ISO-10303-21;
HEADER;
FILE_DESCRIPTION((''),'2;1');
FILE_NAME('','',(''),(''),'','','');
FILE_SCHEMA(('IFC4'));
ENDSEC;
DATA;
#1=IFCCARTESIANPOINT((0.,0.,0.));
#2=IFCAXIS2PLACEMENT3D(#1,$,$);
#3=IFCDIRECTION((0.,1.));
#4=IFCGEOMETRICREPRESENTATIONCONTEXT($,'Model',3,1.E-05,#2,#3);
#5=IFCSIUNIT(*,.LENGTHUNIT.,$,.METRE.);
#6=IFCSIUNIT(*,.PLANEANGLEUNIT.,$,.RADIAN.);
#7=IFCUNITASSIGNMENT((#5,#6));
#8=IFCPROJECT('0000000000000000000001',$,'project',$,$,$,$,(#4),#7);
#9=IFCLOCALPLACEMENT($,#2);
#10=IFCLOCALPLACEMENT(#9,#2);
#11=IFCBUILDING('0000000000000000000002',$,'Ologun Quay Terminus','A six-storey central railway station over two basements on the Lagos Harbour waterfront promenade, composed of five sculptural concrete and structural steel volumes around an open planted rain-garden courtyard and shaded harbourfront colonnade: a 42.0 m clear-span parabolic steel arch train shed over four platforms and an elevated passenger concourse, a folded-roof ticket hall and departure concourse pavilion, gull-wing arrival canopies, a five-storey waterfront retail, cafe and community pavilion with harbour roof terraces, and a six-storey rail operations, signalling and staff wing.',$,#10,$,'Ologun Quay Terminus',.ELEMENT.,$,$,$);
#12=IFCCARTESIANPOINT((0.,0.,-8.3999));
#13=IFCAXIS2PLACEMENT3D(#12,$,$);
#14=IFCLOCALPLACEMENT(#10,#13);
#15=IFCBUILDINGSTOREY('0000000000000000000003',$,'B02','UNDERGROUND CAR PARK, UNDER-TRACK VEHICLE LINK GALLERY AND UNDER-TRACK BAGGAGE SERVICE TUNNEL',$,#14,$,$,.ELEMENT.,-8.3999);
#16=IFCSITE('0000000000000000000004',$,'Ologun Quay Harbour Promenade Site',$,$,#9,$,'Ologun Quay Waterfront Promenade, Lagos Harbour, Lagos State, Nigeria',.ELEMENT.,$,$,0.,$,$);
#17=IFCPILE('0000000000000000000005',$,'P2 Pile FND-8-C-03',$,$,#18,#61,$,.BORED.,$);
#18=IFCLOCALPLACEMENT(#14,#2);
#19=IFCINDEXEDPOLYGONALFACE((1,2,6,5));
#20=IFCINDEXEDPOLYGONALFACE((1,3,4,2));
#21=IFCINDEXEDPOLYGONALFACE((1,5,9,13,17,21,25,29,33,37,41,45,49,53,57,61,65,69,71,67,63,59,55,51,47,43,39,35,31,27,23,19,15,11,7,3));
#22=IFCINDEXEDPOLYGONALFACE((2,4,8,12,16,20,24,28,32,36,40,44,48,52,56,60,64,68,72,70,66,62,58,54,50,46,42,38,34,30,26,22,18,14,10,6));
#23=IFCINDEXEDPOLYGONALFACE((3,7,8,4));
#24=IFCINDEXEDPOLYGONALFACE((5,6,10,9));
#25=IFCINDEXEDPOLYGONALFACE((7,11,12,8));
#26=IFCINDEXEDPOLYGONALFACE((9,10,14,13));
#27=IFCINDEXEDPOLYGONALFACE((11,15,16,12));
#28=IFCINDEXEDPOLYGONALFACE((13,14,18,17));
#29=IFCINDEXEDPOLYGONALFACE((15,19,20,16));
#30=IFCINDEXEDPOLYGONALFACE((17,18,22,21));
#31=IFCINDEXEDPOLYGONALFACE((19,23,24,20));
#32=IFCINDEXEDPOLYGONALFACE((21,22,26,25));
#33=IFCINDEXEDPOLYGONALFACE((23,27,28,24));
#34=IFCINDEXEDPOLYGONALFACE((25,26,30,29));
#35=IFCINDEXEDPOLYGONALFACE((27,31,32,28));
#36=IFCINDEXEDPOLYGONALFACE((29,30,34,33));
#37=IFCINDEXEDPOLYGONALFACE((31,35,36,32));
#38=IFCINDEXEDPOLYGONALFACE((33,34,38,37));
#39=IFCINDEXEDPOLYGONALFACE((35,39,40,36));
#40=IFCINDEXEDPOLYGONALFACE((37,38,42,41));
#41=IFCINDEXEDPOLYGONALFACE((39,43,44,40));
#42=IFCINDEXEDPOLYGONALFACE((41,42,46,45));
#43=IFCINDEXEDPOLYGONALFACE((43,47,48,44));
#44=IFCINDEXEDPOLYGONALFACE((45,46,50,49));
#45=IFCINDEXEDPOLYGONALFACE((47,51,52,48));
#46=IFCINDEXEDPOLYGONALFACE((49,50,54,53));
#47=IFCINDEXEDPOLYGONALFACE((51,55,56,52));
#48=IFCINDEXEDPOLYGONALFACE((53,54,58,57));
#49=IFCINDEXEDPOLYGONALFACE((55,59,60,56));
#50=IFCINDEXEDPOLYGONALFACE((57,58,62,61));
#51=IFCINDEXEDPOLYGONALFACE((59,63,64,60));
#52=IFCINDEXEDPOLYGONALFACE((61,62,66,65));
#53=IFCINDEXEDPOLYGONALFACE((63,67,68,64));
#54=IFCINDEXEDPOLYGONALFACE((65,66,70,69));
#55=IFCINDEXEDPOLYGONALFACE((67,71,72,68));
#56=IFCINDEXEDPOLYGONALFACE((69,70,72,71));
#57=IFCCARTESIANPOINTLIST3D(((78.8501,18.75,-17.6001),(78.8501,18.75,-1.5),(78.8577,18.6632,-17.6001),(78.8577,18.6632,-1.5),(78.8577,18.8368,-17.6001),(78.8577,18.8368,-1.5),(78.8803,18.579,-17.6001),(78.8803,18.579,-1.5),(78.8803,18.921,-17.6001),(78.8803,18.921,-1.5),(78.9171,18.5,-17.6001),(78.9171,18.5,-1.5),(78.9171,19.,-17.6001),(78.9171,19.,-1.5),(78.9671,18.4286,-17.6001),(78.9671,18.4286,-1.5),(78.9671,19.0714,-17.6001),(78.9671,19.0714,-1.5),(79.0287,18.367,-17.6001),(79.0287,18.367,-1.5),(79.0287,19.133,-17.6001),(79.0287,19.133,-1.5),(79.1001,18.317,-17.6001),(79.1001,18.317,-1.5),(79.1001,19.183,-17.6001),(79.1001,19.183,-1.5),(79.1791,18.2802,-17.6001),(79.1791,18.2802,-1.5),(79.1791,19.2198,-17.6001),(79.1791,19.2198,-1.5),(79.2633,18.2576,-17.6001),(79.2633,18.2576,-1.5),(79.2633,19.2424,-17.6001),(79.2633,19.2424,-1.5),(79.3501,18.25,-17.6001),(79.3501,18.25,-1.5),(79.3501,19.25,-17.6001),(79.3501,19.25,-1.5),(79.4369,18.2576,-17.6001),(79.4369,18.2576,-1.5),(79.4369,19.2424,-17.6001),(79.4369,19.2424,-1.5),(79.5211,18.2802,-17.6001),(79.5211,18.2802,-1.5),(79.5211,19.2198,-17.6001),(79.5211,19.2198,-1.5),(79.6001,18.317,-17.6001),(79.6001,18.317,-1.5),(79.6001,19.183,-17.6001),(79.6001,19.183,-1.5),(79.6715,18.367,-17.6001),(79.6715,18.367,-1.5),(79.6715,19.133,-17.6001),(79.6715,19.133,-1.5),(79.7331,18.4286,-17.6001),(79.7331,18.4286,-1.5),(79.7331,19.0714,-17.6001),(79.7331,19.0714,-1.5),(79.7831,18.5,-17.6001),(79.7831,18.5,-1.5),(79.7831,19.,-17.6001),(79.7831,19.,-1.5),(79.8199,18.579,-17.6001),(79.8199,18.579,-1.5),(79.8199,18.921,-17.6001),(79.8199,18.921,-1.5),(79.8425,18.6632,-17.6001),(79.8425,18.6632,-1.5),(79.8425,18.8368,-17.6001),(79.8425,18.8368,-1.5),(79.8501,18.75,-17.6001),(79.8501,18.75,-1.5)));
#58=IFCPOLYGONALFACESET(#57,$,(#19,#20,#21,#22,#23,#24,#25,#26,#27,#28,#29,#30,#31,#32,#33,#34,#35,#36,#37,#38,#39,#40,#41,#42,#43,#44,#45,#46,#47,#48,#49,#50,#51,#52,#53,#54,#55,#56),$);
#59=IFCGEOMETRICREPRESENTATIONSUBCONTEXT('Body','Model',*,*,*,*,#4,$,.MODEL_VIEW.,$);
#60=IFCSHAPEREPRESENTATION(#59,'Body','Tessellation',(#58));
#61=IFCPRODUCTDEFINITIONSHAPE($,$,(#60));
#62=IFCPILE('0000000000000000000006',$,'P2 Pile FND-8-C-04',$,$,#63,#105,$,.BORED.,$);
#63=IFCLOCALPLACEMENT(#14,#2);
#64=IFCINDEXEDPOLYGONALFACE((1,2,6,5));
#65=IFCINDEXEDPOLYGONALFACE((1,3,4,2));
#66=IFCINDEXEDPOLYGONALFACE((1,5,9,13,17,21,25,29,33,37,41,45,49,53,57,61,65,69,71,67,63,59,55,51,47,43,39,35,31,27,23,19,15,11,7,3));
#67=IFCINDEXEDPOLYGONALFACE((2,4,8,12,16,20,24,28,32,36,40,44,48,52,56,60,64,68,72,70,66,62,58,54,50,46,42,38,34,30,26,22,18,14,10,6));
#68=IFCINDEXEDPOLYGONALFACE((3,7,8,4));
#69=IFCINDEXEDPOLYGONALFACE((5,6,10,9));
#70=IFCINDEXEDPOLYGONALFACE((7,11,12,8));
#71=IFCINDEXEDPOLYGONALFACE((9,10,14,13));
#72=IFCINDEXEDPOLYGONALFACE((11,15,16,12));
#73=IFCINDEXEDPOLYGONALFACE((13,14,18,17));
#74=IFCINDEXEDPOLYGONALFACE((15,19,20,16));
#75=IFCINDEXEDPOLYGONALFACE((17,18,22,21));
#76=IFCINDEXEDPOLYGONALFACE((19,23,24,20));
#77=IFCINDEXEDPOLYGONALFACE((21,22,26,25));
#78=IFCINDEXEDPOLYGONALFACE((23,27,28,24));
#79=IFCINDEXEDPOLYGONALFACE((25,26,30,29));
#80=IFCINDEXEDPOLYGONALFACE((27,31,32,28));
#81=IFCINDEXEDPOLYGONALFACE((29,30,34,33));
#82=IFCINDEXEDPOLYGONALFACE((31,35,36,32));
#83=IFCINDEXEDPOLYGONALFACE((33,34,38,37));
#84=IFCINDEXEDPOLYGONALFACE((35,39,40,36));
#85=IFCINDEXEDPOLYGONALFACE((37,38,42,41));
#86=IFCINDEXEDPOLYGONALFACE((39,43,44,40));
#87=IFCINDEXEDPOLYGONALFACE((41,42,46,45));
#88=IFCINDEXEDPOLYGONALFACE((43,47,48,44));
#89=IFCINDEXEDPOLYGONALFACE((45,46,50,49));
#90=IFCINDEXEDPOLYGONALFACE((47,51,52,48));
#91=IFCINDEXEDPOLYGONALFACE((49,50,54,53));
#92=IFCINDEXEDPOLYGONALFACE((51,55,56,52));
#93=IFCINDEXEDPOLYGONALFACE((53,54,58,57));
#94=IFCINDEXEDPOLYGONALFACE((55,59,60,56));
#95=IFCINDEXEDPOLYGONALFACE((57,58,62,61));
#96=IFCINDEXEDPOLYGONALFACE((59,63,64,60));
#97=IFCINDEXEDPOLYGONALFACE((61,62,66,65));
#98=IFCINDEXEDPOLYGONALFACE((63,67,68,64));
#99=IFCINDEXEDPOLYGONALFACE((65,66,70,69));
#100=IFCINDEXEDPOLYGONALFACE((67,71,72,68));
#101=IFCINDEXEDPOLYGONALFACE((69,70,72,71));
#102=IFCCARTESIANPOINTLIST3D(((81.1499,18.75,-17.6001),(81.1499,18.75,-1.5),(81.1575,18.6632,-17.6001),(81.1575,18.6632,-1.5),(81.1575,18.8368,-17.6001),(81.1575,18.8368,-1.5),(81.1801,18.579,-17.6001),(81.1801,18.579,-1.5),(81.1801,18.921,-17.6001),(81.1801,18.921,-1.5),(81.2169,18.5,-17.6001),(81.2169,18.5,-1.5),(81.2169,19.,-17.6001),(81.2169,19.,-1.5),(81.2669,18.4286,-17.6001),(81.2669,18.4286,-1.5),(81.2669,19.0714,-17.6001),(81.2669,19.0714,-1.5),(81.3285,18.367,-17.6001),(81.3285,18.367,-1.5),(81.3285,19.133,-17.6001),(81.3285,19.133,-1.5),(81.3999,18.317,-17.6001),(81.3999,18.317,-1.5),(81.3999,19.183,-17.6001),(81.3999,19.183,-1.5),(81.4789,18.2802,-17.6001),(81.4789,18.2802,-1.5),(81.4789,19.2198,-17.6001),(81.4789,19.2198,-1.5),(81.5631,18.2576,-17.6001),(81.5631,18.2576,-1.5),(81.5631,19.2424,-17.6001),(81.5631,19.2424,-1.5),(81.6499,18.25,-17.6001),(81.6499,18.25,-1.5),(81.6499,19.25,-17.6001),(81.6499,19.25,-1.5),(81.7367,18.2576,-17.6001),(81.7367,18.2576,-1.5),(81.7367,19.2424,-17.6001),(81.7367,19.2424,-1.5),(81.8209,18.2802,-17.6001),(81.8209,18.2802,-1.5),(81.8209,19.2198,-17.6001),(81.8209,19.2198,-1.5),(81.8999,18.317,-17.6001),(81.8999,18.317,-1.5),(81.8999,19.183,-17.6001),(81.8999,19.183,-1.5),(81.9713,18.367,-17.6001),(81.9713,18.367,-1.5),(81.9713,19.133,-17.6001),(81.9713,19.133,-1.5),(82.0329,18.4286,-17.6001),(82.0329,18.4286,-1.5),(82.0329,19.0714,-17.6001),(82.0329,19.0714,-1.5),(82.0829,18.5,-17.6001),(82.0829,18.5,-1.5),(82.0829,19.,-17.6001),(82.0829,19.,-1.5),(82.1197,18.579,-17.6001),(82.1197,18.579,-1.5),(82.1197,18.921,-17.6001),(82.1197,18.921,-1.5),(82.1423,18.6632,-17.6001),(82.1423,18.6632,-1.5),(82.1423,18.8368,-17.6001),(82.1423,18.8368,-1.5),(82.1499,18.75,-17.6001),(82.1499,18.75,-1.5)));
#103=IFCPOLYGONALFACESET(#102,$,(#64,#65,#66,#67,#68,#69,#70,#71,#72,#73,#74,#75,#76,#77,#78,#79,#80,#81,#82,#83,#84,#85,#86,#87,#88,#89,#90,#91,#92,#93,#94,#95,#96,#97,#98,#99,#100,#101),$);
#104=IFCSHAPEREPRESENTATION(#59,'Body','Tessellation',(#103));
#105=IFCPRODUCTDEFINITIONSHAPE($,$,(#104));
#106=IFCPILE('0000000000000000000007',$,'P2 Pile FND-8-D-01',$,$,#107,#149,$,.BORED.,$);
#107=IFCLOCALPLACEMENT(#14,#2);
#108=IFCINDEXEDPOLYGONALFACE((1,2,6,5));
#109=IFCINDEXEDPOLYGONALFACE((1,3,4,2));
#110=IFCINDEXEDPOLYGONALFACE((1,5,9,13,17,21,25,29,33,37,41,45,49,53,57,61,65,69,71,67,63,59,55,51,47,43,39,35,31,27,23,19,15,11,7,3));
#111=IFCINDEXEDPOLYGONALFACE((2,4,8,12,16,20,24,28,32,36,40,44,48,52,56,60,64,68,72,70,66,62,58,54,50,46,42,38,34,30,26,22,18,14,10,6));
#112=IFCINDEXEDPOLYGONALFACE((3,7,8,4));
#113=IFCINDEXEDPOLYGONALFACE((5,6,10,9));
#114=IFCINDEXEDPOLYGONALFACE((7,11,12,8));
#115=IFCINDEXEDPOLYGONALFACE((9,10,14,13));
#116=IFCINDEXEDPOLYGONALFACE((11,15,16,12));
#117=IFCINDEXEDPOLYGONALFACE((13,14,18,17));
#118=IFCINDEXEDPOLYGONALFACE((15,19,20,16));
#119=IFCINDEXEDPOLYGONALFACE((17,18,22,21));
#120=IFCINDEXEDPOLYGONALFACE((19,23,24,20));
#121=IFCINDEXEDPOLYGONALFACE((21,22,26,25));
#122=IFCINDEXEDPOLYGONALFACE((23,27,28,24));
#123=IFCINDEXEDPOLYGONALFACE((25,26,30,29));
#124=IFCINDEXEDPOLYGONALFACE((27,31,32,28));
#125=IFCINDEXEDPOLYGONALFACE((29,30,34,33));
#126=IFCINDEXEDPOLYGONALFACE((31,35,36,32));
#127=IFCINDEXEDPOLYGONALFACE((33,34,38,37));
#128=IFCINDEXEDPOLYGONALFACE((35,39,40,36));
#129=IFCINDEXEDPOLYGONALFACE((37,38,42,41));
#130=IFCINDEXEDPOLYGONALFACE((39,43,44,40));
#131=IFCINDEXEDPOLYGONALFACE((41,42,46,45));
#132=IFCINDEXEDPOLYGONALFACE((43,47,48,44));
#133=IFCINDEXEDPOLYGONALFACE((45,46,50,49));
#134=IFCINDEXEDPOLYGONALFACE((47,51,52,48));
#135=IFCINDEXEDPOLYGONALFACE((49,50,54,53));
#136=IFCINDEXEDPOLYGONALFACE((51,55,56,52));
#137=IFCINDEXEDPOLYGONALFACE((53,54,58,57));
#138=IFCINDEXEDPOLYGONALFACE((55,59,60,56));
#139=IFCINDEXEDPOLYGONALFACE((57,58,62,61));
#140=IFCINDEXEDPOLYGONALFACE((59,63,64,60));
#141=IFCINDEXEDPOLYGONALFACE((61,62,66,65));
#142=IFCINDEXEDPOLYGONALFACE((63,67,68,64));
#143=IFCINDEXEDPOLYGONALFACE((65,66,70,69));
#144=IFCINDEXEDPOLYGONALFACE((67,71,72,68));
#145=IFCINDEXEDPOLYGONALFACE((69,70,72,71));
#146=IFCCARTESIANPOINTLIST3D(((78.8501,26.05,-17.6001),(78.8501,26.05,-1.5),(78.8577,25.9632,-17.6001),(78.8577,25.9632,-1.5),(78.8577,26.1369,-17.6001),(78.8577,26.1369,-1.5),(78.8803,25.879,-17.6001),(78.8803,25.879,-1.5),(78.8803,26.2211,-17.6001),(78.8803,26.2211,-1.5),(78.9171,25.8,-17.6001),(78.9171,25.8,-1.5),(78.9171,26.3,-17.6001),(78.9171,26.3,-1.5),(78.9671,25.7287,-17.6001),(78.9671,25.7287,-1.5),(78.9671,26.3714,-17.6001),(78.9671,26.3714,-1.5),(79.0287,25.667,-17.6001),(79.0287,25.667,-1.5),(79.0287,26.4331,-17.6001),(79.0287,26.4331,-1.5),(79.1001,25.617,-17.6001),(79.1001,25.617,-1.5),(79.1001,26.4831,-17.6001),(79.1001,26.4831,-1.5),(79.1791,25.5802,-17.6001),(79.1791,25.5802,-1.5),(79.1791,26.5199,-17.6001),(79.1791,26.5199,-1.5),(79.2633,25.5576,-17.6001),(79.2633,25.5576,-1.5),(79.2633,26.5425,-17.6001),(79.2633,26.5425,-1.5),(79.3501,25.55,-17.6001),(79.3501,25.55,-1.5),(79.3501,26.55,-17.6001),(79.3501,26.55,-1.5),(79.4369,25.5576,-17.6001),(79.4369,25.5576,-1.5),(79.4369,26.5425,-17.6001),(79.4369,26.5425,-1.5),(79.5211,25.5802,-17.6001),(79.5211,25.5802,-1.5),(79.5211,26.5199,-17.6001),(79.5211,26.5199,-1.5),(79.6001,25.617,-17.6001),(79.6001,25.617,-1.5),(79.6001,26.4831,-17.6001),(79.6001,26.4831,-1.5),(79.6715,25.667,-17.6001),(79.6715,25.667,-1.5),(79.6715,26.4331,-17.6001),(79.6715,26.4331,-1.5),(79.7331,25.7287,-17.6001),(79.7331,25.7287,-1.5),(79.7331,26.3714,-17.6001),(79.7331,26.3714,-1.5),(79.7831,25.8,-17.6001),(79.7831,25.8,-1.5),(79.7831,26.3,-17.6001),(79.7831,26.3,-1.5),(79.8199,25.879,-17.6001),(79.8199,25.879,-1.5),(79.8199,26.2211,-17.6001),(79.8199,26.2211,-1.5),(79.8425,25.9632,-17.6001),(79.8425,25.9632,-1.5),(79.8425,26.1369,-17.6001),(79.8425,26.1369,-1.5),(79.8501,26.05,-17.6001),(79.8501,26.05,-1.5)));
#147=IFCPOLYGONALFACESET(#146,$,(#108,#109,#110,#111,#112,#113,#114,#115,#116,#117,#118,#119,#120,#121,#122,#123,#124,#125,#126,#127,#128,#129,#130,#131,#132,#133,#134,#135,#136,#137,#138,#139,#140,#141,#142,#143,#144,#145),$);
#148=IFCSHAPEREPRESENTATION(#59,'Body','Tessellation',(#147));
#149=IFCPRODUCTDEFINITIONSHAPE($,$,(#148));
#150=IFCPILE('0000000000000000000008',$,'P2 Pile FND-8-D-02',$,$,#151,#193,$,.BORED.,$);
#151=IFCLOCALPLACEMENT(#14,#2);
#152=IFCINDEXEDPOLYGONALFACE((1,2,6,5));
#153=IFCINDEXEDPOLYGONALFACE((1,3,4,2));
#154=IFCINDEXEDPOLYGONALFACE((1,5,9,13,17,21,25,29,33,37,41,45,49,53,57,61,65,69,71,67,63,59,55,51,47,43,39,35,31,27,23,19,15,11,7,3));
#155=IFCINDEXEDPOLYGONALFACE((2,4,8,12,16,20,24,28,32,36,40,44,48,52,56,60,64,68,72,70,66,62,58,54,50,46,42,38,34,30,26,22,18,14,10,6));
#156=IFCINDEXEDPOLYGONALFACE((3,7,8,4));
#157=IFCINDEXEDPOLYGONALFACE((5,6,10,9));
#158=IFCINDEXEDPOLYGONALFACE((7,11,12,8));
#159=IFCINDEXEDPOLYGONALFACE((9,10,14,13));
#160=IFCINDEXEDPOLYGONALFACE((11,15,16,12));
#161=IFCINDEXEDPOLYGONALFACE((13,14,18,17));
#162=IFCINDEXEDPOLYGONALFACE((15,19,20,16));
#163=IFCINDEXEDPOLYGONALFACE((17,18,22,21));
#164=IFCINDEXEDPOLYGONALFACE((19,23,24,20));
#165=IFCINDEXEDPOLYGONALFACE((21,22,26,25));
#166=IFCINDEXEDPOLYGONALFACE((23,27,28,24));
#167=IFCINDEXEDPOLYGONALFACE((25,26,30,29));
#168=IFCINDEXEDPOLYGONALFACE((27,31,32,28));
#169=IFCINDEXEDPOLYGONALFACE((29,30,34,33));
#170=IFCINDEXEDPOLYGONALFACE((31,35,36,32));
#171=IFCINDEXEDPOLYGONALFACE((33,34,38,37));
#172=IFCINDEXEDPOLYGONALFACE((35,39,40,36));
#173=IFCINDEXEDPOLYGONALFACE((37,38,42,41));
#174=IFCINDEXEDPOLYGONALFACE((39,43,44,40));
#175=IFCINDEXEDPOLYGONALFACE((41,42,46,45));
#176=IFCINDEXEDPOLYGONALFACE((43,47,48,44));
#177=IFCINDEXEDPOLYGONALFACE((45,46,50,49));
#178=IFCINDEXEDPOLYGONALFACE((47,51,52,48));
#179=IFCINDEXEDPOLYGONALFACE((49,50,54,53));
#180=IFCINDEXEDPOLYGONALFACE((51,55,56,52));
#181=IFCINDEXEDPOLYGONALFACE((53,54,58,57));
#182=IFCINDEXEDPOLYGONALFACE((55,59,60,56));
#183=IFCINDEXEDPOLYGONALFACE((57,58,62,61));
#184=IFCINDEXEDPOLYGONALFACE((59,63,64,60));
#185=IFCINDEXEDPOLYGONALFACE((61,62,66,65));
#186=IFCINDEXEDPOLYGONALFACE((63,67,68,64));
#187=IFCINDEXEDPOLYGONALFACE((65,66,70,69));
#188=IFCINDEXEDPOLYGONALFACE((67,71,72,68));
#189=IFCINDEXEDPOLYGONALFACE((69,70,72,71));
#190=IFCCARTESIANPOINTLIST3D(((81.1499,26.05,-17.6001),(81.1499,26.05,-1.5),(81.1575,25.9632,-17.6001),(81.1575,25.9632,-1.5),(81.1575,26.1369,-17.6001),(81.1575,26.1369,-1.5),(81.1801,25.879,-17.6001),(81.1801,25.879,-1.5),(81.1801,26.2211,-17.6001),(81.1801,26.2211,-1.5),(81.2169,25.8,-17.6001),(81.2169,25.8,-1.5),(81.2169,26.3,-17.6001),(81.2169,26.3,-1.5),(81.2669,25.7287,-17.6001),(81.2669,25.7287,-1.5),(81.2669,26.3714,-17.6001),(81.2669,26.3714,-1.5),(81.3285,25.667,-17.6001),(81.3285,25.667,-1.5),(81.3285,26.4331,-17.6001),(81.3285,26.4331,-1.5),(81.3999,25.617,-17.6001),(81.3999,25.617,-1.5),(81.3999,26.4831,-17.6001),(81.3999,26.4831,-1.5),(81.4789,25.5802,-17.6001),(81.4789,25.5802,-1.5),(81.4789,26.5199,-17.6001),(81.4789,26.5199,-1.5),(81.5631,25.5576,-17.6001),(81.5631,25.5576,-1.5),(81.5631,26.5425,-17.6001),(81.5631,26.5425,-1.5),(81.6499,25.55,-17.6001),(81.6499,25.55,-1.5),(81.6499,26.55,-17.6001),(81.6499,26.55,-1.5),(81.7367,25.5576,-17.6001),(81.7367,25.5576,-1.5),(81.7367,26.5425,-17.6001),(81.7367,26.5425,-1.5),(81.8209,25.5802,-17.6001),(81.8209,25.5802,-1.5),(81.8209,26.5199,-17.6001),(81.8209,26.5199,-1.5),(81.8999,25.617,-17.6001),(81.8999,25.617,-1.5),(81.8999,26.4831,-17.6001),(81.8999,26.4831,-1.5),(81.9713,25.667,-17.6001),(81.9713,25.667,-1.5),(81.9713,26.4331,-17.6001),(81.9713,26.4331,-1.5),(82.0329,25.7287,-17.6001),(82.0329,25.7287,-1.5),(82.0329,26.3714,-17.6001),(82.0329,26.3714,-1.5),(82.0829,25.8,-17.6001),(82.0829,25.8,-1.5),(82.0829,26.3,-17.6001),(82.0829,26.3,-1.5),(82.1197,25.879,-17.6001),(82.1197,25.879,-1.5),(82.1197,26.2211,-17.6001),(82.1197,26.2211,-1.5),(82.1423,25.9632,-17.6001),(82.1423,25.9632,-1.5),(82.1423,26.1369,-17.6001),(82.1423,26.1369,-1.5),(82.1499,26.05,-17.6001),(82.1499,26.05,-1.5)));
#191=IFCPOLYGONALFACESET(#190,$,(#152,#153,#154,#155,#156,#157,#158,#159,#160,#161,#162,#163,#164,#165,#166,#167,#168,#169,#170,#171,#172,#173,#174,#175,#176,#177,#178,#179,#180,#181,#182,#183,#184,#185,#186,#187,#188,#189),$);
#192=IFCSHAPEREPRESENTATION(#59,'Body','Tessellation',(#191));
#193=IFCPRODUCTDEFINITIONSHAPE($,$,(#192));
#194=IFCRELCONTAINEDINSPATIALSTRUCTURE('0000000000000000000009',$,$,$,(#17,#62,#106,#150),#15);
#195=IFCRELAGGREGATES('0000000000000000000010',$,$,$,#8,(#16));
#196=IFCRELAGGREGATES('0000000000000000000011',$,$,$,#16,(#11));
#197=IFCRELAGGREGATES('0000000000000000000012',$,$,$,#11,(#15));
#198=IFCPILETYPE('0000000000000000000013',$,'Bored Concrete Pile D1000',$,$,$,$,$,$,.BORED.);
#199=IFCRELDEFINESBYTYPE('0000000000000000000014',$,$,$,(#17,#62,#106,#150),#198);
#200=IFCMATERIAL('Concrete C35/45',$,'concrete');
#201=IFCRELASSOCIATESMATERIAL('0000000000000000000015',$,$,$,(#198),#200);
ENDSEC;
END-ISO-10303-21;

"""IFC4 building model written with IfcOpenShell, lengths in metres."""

from ifc_helpers import new_model, si_unit, direction, frame, origin, origin_2d, place, context, subcontext, project, spatial, circle, extrude, material, material_profile, profile_set, type_object, element, save


model = new_model("IFC4")

# Units and contexts
model_context = context("Model", 3, precision=1e-05, world=origin(), true_north=direction((0.0, 1.0)))
body_context = subcontext(model_context, "Body", "Model", "MODEL_VIEW")
ifc_project = project(units=[si_unit("LENGTHUNIT", "METRE"), si_unit("PLANEANGLEUNIT", "RADIAN")], contexts=[model_context])

# Site, building, storey
site_placement = place(None, origin())
site = spatial("IfcSite", under=ifc_project, at=site_placement, Name="Ologun Quay Harbour Promenade Site", LongName="Ologun Quay Waterfront Promenade, Lagos Harbour, Lagos State, Nigeria", CompositionType="ELEMENT", RefElevation=0.0)
building_placement = place(site_placement, origin())
building = spatial("IfcBuilding", under=site, at=building_placement, Name="Ologun Quay Terminus", Description="A six-storey central railway station over two basements on the Lagos Harbour waterfront promenade, composed of five sculptural concrete and structural steel volumes around an open planted rain-garden courtyard and shaded harbourfront colonnade: a 42.0 m clear-span parabolic steel arch train shed over four platforms and an elevated passenger concourse, a folded-roof ticket hall and departure concourse pavilion, gull-wing arrival canopies, a five-storey waterfront retail, cafe and community pavilion with harbour roof terraces, and a six-storey rail operations, signalling and staff wing.", LongName="Ologun Quay Terminus", CompositionType="ELEMENT")
storey_placement = place(building_placement, frame((0.0, 0.0, -8.3999)))
storey = spatial("IfcBuildingStorey", under=building, at=storey_placement, Name="B02", Description="UNDERGROUND CAR PARK, UNDER-TRACK VEHICLE LINK GALLERY AND UNDER-TRACK BAGGAGE SERVICE TUNNEL", CompositionType="ELEMENT", Elevation=-8.3999)

# Piles
ifc_material_1 = material(Name="Concrete C35/45", Category="concrete")
ifc_material_profile_1 = material_profile(ifc_material_1, circle(Radius=0.5, at=origin_2d()), Name="PILE D1000")
ifc_profile_set_1 = profile_set([ifc_material_profile_1], Name="Concrete C35/45")
pile_type_1 = type_object("IfcPileType", Name="Bored Concrete Pile D1000", PredefinedType="BORED", material=ifc_profile_set_1)
for number, where, z_axis, x_axis, name in (
    (1, (79.3501, 18.75, -1.5), (0.0, 0.0, -1.0), (1.0, 0.0, 0.0), "P2 Pile FND-8-C-03"),
    (2, (81.6499, 18.75, -1.5), (0.0, 0.0, -1.0), (1.0, 0.0, 0.0), "P2 Pile FND-8-C-04"),
    (3, (79.3501, 26.05, -1.5), (0.0, 0.0, -1.0), (1.0, 0.0, 0.0), "P2 Pile FND-8-D-01"),
    (4, (81.6499, 26.05, -1.5), (0.0, 0.0, -1.0), (1.0, 0.0, 0.0), "P2 Pile FND-8-D-02"),
):
    element("IfcPile", number, at=place(storey_placement, frame(where, z_axis=z_axis, x_axis=x_axis)), inside=storey, type_object=pile_type_1, Name=name, PredefinedType="BORED", context=body_context, shape_type="SweptSolid", body=[
        extrude(circle(Radius=0.5, at=origin_2d()), origin(), (0.0, 0.0, 1.0), 16.1001),
    ])

save(model, "model.ifc")
